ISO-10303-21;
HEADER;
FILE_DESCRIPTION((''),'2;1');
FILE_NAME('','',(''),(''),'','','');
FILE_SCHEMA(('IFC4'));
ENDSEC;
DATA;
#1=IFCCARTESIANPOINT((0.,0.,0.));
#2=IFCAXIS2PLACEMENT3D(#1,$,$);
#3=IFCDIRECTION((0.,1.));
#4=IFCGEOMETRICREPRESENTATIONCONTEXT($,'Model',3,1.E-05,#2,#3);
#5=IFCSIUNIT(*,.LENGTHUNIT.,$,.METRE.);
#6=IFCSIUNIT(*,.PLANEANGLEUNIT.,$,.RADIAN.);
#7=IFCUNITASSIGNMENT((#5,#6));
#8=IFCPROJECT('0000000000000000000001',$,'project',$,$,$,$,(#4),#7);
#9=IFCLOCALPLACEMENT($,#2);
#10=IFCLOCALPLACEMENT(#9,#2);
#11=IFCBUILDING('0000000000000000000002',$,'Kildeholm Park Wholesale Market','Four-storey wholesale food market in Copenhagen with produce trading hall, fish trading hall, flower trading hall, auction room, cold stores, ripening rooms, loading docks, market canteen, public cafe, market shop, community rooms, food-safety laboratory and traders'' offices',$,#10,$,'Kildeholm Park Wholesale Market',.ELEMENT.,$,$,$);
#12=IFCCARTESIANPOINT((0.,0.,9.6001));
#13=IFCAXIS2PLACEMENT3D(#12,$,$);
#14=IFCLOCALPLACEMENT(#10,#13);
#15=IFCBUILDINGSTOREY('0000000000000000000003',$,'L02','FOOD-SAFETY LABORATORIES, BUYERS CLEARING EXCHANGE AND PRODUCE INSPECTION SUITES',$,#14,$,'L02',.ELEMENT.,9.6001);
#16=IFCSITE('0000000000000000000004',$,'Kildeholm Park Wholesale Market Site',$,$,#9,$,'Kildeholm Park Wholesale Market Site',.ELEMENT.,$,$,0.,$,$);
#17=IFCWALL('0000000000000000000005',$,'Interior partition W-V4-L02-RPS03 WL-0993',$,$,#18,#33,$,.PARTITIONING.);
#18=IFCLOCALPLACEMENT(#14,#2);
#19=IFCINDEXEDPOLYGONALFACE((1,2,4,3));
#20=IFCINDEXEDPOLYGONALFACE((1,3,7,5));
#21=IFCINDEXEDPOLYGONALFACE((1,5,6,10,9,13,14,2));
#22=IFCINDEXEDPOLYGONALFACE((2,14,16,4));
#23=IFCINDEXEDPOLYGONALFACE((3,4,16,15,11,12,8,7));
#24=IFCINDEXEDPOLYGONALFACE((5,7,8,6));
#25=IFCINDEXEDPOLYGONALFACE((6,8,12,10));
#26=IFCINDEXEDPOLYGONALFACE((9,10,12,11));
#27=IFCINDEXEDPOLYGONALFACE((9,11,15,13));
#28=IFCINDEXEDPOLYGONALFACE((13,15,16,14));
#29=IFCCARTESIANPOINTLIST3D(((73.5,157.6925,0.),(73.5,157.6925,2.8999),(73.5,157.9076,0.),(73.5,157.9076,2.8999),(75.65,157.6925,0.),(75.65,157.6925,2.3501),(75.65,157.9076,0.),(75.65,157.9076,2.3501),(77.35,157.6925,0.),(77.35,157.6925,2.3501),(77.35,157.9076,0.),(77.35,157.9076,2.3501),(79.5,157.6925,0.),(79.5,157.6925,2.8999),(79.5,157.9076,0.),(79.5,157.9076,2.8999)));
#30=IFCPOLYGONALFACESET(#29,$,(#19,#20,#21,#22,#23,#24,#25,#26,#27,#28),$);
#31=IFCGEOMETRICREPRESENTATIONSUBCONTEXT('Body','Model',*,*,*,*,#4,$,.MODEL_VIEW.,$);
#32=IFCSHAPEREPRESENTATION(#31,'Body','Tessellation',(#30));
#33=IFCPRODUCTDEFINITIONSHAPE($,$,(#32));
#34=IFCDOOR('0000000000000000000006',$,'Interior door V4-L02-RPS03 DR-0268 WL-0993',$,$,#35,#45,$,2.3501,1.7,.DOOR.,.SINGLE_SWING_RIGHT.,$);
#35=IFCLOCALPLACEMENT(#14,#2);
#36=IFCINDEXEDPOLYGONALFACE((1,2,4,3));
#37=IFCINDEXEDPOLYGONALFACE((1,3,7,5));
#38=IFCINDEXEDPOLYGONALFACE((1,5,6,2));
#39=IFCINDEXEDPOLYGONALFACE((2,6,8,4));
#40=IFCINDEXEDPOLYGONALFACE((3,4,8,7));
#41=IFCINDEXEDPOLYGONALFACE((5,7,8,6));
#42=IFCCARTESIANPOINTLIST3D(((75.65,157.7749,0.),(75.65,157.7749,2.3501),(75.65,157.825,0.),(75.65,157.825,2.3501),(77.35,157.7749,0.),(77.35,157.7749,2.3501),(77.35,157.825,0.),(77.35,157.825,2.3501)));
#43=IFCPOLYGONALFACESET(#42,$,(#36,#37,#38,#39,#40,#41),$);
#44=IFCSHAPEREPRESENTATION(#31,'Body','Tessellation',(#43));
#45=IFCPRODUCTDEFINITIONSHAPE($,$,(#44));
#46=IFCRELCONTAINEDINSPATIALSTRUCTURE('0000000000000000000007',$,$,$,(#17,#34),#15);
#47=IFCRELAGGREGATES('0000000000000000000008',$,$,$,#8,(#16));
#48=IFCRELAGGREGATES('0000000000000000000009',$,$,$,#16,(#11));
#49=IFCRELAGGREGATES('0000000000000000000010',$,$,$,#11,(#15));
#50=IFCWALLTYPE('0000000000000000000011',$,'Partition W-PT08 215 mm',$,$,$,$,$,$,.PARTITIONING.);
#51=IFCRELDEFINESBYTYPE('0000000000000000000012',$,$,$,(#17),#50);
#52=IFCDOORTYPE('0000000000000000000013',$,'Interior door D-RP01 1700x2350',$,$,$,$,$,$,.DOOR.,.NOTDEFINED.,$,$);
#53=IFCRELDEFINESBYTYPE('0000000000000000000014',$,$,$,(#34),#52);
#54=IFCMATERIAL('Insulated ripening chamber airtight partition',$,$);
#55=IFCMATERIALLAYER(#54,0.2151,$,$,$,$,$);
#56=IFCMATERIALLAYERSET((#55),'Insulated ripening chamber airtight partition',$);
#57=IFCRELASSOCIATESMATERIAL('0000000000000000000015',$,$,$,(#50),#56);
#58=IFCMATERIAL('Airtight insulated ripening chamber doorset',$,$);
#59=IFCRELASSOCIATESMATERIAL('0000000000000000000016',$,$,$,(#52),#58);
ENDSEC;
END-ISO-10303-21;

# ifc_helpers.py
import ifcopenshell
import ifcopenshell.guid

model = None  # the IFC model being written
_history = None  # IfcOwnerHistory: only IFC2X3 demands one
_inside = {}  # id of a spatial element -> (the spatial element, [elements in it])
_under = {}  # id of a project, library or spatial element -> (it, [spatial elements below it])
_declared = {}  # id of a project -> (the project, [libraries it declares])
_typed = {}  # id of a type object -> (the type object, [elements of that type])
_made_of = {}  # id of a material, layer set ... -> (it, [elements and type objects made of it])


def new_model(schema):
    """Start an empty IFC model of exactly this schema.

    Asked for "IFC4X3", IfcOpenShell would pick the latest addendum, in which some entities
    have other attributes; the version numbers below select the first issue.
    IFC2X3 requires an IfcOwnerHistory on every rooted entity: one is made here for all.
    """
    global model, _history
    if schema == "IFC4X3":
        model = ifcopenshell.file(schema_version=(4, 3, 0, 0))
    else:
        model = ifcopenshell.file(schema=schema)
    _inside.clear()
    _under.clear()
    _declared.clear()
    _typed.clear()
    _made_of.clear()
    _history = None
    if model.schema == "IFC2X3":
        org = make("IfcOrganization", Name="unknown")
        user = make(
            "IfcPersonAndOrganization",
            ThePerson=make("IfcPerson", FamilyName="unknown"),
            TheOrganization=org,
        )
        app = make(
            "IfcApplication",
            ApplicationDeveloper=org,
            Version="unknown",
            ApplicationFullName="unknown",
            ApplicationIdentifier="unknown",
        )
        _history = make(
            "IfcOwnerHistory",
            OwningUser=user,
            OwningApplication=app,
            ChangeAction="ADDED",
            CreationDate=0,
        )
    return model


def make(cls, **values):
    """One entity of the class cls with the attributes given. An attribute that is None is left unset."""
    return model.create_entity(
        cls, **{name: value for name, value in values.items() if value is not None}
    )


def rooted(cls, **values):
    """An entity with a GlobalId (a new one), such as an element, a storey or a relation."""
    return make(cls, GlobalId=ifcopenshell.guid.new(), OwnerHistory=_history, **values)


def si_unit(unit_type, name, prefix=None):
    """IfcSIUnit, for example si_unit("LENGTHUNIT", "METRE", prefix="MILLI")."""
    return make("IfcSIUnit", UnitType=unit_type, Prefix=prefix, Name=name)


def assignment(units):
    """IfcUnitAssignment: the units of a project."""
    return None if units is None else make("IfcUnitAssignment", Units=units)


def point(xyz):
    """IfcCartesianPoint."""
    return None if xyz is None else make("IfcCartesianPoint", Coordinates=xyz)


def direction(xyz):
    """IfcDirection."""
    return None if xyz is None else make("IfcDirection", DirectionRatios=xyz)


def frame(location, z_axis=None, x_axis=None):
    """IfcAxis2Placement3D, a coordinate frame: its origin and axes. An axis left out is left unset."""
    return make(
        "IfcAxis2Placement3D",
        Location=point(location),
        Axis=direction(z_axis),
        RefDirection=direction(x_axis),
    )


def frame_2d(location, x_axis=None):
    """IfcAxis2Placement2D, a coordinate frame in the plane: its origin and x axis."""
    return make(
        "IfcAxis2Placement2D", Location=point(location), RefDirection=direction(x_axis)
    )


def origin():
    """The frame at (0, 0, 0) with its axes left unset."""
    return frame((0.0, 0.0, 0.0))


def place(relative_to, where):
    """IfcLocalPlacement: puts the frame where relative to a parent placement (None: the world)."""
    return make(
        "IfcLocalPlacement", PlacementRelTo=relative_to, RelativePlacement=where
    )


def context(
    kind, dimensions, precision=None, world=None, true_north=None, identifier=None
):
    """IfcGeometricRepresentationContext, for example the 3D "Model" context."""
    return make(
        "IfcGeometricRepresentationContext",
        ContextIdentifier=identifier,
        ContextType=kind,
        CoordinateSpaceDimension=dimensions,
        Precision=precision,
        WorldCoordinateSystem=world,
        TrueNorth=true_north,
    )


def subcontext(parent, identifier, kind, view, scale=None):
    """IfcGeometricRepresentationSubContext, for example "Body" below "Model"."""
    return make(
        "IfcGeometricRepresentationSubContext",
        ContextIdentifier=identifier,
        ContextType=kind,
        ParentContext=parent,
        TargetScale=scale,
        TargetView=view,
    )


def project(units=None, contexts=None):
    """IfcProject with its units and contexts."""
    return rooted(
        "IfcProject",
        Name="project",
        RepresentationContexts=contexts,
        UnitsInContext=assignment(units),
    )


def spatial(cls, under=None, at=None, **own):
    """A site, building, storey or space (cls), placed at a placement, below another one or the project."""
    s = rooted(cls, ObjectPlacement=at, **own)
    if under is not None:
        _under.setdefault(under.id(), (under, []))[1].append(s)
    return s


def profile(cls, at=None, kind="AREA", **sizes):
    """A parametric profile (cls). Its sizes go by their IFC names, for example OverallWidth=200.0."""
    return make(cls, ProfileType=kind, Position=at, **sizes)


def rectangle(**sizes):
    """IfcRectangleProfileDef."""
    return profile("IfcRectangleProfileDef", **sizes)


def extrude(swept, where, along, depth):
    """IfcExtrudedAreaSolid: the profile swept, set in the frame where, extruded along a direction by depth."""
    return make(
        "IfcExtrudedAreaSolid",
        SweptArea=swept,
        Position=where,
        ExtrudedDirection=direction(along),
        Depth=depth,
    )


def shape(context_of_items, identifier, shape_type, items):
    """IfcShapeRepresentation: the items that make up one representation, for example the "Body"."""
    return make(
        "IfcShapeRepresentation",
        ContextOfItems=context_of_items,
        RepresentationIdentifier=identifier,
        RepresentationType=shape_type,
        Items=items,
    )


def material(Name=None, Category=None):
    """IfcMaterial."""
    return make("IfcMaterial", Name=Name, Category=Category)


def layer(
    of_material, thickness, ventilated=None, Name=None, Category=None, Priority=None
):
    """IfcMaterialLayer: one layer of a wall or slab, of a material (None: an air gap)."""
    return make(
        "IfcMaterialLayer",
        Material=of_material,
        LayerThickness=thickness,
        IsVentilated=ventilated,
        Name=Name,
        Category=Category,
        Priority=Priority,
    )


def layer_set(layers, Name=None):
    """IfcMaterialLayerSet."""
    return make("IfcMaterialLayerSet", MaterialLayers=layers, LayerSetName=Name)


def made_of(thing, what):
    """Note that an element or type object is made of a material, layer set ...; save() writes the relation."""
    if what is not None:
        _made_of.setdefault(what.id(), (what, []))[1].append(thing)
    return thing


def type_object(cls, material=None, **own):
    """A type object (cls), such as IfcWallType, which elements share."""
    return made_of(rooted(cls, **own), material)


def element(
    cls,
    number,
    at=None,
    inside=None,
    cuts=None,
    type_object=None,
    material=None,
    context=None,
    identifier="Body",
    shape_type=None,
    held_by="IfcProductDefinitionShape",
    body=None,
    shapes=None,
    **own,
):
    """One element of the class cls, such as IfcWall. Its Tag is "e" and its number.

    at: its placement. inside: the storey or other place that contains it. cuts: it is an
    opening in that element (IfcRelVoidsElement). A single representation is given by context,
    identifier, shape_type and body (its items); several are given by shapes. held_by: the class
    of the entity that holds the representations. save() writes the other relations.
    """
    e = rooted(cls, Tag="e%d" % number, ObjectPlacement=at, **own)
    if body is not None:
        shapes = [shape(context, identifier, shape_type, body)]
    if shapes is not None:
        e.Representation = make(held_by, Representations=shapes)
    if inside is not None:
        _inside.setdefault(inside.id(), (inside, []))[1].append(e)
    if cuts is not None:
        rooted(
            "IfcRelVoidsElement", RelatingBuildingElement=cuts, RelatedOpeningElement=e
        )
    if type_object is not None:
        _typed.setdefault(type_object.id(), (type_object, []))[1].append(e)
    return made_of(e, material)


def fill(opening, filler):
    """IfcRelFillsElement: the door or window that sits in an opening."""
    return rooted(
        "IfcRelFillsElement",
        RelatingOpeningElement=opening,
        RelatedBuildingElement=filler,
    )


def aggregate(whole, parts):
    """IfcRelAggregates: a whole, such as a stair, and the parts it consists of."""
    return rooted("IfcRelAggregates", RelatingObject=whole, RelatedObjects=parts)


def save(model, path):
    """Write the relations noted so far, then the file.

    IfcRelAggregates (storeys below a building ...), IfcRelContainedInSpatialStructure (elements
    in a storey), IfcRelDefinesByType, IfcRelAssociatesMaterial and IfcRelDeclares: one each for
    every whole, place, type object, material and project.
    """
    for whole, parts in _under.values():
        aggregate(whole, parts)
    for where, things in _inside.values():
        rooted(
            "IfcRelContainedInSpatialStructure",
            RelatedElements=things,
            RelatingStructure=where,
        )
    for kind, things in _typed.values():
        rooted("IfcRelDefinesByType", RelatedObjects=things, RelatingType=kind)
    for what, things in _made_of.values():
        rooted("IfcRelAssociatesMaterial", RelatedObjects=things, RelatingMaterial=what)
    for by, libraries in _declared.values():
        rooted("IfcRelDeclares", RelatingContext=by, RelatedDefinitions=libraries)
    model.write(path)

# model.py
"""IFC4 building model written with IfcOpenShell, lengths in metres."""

from ifc_helpers import new_model, si_unit, direction, frame, frame_2d, origin, place, context, subcontext, project, spatial, rectangle, extrude, material, layer, layer_set, type_object, element, fill, save


model = new_model("IFC4")

# Units and contexts
model_context = context("Model", 3, precision=1e-05, world=origin(), true_north=direction((0.0, 1.0)))
body_context = subcontext(model_context, "Body", "Model", "MODEL_VIEW")
ifc_project = project(units=[si_unit("LENGTHUNIT", "METRE"), si_unit("PLANEANGLEUNIT", "RADIAN")], contexts=[model_context])

# Site, building, storey
site_placement = place(None, origin())
site = spatial("IfcSite", under=ifc_project, at=site_placement, Name="Kildeholm Park Wholesale Market Site", LongName="Kildeholm Park Wholesale Market Site", CompositionType="ELEMENT", RefElevation=0.0)
building_placement = place(site_placement, origin())
building = spatial("IfcBuilding", under=site, at=building_placement, Name="Kildeholm Park Wholesale Market", Description="Four-storey wholesale food market in Copenhagen with produce trading hall, fish trading hall, flower trading hall, auction room, cold stores, ripening rooms, loading docks, market canteen, public cafe, market shop, community rooms, food-safety laboratory and traders' offices", LongName="Kildeholm Park Wholesale Market", CompositionType="ELEMENT")
storey_placement = place(building_placement, frame((0.0, 0.0, 9.6001)))
storey = spatial("IfcBuildingStorey", under=building, at=storey_placement, Name="L02", Description="FOOD-SAFETY LABORATORIES, BUYERS CLEARING EXCHANGE AND PRODUCE INSPECTION SUITES", LongName="L02", CompositionType="ELEMENT", Elevation=9.6001)

# Wall, opening, door
ifc_material_1 = material(Name="Insulated ripening chamber airtight partition")
ifc_layer_1 = layer(ifc_material_1, 0.2151)
ifc_layer_set_1 = layer_set([ifc_layer_1], Name="Insulated ripening chamber airtight partition")
wall_type_1 = type_object("IfcWallType", Name="Partition W-PT08 215 mm", PredefinedType="PARTITIONING", material=ifc_layer_set_1)
wall_1_placement = place(storey_placement, frame((73.5, 157.8, 0.0), z_axis=(0.0, 0.0, 1.0), x_axis=(1.0, 0.0, 0.0)))
wall_1 = element("IfcWall", 1, at=wall_1_placement, inside=storey, type_object=wall_type_1, Name="Interior partition W-V4-L02-RPS03 WL-0993", PredefinedType="PARTITIONING", context=body_context, shape_type="SweptSolid", body=[
    extrude(rectangle(XDim=6.0, YDim=0.2151, at=frame_2d((3.0, 0.0))), origin(), (0.0, 0.0, 1.0), 2.8999),
])
opening_1_placement = place(wall_1_placement, frame((2.1499, 0.0, 0.0)))
opening_1 = element("IfcOpeningElement", 2, at=opening_1_placement, cuts=wall_1, PredefinedType="OPENING", context=body_context, shape_type="SweptSolid", body=[
    extrude(rectangle(XDim=1.7, YDim=2.3501, at=frame_2d((0.8501, 1.175))), frame((0.0, 0.1174, 0.0), z_axis=(0.0, -1.0, 0.0), x_axis=(1.0, 0.0, 0.0)), (0.0, 0.0, 1.0), 0.2351),
])
ifc_material_2 = material(Name="Airtight insulated ripening chamber doorset")
door_type = type_object("IfcDoorType", Name="Interior door D-RP01 1700x2350", OperationType="NOTDEFINED", PredefinedType="DOOR", material=ifc_material_2)
door_placement = place(opening_1_placement, origin())
door = element("IfcDoor", 3, at=door_placement, inside=storey, type_object=door_type, Name="Interior door V4-L02-RPS03 DR-0268 WL-0993", OperationType="SINGLE_SWING_RIGHT", OverallHeight=2.3501, OverallWidth=1.7, PredefinedType="DOOR", context=body_context, shape_type="SweptSolid", body=[
    extrude(rectangle(XDim=1.7, YDim=2.3501, at=frame_2d((0.8501, 1.175))), frame((0.0, 0.0249, 0.0), z_axis=(0.0, -1.0, 0.0), x_axis=(1.0, 0.0, 0.0)), (0.0, 0.0, 1.0), 0.05),
])
fill(opening_1, door)

save(model, "model.ifc")
